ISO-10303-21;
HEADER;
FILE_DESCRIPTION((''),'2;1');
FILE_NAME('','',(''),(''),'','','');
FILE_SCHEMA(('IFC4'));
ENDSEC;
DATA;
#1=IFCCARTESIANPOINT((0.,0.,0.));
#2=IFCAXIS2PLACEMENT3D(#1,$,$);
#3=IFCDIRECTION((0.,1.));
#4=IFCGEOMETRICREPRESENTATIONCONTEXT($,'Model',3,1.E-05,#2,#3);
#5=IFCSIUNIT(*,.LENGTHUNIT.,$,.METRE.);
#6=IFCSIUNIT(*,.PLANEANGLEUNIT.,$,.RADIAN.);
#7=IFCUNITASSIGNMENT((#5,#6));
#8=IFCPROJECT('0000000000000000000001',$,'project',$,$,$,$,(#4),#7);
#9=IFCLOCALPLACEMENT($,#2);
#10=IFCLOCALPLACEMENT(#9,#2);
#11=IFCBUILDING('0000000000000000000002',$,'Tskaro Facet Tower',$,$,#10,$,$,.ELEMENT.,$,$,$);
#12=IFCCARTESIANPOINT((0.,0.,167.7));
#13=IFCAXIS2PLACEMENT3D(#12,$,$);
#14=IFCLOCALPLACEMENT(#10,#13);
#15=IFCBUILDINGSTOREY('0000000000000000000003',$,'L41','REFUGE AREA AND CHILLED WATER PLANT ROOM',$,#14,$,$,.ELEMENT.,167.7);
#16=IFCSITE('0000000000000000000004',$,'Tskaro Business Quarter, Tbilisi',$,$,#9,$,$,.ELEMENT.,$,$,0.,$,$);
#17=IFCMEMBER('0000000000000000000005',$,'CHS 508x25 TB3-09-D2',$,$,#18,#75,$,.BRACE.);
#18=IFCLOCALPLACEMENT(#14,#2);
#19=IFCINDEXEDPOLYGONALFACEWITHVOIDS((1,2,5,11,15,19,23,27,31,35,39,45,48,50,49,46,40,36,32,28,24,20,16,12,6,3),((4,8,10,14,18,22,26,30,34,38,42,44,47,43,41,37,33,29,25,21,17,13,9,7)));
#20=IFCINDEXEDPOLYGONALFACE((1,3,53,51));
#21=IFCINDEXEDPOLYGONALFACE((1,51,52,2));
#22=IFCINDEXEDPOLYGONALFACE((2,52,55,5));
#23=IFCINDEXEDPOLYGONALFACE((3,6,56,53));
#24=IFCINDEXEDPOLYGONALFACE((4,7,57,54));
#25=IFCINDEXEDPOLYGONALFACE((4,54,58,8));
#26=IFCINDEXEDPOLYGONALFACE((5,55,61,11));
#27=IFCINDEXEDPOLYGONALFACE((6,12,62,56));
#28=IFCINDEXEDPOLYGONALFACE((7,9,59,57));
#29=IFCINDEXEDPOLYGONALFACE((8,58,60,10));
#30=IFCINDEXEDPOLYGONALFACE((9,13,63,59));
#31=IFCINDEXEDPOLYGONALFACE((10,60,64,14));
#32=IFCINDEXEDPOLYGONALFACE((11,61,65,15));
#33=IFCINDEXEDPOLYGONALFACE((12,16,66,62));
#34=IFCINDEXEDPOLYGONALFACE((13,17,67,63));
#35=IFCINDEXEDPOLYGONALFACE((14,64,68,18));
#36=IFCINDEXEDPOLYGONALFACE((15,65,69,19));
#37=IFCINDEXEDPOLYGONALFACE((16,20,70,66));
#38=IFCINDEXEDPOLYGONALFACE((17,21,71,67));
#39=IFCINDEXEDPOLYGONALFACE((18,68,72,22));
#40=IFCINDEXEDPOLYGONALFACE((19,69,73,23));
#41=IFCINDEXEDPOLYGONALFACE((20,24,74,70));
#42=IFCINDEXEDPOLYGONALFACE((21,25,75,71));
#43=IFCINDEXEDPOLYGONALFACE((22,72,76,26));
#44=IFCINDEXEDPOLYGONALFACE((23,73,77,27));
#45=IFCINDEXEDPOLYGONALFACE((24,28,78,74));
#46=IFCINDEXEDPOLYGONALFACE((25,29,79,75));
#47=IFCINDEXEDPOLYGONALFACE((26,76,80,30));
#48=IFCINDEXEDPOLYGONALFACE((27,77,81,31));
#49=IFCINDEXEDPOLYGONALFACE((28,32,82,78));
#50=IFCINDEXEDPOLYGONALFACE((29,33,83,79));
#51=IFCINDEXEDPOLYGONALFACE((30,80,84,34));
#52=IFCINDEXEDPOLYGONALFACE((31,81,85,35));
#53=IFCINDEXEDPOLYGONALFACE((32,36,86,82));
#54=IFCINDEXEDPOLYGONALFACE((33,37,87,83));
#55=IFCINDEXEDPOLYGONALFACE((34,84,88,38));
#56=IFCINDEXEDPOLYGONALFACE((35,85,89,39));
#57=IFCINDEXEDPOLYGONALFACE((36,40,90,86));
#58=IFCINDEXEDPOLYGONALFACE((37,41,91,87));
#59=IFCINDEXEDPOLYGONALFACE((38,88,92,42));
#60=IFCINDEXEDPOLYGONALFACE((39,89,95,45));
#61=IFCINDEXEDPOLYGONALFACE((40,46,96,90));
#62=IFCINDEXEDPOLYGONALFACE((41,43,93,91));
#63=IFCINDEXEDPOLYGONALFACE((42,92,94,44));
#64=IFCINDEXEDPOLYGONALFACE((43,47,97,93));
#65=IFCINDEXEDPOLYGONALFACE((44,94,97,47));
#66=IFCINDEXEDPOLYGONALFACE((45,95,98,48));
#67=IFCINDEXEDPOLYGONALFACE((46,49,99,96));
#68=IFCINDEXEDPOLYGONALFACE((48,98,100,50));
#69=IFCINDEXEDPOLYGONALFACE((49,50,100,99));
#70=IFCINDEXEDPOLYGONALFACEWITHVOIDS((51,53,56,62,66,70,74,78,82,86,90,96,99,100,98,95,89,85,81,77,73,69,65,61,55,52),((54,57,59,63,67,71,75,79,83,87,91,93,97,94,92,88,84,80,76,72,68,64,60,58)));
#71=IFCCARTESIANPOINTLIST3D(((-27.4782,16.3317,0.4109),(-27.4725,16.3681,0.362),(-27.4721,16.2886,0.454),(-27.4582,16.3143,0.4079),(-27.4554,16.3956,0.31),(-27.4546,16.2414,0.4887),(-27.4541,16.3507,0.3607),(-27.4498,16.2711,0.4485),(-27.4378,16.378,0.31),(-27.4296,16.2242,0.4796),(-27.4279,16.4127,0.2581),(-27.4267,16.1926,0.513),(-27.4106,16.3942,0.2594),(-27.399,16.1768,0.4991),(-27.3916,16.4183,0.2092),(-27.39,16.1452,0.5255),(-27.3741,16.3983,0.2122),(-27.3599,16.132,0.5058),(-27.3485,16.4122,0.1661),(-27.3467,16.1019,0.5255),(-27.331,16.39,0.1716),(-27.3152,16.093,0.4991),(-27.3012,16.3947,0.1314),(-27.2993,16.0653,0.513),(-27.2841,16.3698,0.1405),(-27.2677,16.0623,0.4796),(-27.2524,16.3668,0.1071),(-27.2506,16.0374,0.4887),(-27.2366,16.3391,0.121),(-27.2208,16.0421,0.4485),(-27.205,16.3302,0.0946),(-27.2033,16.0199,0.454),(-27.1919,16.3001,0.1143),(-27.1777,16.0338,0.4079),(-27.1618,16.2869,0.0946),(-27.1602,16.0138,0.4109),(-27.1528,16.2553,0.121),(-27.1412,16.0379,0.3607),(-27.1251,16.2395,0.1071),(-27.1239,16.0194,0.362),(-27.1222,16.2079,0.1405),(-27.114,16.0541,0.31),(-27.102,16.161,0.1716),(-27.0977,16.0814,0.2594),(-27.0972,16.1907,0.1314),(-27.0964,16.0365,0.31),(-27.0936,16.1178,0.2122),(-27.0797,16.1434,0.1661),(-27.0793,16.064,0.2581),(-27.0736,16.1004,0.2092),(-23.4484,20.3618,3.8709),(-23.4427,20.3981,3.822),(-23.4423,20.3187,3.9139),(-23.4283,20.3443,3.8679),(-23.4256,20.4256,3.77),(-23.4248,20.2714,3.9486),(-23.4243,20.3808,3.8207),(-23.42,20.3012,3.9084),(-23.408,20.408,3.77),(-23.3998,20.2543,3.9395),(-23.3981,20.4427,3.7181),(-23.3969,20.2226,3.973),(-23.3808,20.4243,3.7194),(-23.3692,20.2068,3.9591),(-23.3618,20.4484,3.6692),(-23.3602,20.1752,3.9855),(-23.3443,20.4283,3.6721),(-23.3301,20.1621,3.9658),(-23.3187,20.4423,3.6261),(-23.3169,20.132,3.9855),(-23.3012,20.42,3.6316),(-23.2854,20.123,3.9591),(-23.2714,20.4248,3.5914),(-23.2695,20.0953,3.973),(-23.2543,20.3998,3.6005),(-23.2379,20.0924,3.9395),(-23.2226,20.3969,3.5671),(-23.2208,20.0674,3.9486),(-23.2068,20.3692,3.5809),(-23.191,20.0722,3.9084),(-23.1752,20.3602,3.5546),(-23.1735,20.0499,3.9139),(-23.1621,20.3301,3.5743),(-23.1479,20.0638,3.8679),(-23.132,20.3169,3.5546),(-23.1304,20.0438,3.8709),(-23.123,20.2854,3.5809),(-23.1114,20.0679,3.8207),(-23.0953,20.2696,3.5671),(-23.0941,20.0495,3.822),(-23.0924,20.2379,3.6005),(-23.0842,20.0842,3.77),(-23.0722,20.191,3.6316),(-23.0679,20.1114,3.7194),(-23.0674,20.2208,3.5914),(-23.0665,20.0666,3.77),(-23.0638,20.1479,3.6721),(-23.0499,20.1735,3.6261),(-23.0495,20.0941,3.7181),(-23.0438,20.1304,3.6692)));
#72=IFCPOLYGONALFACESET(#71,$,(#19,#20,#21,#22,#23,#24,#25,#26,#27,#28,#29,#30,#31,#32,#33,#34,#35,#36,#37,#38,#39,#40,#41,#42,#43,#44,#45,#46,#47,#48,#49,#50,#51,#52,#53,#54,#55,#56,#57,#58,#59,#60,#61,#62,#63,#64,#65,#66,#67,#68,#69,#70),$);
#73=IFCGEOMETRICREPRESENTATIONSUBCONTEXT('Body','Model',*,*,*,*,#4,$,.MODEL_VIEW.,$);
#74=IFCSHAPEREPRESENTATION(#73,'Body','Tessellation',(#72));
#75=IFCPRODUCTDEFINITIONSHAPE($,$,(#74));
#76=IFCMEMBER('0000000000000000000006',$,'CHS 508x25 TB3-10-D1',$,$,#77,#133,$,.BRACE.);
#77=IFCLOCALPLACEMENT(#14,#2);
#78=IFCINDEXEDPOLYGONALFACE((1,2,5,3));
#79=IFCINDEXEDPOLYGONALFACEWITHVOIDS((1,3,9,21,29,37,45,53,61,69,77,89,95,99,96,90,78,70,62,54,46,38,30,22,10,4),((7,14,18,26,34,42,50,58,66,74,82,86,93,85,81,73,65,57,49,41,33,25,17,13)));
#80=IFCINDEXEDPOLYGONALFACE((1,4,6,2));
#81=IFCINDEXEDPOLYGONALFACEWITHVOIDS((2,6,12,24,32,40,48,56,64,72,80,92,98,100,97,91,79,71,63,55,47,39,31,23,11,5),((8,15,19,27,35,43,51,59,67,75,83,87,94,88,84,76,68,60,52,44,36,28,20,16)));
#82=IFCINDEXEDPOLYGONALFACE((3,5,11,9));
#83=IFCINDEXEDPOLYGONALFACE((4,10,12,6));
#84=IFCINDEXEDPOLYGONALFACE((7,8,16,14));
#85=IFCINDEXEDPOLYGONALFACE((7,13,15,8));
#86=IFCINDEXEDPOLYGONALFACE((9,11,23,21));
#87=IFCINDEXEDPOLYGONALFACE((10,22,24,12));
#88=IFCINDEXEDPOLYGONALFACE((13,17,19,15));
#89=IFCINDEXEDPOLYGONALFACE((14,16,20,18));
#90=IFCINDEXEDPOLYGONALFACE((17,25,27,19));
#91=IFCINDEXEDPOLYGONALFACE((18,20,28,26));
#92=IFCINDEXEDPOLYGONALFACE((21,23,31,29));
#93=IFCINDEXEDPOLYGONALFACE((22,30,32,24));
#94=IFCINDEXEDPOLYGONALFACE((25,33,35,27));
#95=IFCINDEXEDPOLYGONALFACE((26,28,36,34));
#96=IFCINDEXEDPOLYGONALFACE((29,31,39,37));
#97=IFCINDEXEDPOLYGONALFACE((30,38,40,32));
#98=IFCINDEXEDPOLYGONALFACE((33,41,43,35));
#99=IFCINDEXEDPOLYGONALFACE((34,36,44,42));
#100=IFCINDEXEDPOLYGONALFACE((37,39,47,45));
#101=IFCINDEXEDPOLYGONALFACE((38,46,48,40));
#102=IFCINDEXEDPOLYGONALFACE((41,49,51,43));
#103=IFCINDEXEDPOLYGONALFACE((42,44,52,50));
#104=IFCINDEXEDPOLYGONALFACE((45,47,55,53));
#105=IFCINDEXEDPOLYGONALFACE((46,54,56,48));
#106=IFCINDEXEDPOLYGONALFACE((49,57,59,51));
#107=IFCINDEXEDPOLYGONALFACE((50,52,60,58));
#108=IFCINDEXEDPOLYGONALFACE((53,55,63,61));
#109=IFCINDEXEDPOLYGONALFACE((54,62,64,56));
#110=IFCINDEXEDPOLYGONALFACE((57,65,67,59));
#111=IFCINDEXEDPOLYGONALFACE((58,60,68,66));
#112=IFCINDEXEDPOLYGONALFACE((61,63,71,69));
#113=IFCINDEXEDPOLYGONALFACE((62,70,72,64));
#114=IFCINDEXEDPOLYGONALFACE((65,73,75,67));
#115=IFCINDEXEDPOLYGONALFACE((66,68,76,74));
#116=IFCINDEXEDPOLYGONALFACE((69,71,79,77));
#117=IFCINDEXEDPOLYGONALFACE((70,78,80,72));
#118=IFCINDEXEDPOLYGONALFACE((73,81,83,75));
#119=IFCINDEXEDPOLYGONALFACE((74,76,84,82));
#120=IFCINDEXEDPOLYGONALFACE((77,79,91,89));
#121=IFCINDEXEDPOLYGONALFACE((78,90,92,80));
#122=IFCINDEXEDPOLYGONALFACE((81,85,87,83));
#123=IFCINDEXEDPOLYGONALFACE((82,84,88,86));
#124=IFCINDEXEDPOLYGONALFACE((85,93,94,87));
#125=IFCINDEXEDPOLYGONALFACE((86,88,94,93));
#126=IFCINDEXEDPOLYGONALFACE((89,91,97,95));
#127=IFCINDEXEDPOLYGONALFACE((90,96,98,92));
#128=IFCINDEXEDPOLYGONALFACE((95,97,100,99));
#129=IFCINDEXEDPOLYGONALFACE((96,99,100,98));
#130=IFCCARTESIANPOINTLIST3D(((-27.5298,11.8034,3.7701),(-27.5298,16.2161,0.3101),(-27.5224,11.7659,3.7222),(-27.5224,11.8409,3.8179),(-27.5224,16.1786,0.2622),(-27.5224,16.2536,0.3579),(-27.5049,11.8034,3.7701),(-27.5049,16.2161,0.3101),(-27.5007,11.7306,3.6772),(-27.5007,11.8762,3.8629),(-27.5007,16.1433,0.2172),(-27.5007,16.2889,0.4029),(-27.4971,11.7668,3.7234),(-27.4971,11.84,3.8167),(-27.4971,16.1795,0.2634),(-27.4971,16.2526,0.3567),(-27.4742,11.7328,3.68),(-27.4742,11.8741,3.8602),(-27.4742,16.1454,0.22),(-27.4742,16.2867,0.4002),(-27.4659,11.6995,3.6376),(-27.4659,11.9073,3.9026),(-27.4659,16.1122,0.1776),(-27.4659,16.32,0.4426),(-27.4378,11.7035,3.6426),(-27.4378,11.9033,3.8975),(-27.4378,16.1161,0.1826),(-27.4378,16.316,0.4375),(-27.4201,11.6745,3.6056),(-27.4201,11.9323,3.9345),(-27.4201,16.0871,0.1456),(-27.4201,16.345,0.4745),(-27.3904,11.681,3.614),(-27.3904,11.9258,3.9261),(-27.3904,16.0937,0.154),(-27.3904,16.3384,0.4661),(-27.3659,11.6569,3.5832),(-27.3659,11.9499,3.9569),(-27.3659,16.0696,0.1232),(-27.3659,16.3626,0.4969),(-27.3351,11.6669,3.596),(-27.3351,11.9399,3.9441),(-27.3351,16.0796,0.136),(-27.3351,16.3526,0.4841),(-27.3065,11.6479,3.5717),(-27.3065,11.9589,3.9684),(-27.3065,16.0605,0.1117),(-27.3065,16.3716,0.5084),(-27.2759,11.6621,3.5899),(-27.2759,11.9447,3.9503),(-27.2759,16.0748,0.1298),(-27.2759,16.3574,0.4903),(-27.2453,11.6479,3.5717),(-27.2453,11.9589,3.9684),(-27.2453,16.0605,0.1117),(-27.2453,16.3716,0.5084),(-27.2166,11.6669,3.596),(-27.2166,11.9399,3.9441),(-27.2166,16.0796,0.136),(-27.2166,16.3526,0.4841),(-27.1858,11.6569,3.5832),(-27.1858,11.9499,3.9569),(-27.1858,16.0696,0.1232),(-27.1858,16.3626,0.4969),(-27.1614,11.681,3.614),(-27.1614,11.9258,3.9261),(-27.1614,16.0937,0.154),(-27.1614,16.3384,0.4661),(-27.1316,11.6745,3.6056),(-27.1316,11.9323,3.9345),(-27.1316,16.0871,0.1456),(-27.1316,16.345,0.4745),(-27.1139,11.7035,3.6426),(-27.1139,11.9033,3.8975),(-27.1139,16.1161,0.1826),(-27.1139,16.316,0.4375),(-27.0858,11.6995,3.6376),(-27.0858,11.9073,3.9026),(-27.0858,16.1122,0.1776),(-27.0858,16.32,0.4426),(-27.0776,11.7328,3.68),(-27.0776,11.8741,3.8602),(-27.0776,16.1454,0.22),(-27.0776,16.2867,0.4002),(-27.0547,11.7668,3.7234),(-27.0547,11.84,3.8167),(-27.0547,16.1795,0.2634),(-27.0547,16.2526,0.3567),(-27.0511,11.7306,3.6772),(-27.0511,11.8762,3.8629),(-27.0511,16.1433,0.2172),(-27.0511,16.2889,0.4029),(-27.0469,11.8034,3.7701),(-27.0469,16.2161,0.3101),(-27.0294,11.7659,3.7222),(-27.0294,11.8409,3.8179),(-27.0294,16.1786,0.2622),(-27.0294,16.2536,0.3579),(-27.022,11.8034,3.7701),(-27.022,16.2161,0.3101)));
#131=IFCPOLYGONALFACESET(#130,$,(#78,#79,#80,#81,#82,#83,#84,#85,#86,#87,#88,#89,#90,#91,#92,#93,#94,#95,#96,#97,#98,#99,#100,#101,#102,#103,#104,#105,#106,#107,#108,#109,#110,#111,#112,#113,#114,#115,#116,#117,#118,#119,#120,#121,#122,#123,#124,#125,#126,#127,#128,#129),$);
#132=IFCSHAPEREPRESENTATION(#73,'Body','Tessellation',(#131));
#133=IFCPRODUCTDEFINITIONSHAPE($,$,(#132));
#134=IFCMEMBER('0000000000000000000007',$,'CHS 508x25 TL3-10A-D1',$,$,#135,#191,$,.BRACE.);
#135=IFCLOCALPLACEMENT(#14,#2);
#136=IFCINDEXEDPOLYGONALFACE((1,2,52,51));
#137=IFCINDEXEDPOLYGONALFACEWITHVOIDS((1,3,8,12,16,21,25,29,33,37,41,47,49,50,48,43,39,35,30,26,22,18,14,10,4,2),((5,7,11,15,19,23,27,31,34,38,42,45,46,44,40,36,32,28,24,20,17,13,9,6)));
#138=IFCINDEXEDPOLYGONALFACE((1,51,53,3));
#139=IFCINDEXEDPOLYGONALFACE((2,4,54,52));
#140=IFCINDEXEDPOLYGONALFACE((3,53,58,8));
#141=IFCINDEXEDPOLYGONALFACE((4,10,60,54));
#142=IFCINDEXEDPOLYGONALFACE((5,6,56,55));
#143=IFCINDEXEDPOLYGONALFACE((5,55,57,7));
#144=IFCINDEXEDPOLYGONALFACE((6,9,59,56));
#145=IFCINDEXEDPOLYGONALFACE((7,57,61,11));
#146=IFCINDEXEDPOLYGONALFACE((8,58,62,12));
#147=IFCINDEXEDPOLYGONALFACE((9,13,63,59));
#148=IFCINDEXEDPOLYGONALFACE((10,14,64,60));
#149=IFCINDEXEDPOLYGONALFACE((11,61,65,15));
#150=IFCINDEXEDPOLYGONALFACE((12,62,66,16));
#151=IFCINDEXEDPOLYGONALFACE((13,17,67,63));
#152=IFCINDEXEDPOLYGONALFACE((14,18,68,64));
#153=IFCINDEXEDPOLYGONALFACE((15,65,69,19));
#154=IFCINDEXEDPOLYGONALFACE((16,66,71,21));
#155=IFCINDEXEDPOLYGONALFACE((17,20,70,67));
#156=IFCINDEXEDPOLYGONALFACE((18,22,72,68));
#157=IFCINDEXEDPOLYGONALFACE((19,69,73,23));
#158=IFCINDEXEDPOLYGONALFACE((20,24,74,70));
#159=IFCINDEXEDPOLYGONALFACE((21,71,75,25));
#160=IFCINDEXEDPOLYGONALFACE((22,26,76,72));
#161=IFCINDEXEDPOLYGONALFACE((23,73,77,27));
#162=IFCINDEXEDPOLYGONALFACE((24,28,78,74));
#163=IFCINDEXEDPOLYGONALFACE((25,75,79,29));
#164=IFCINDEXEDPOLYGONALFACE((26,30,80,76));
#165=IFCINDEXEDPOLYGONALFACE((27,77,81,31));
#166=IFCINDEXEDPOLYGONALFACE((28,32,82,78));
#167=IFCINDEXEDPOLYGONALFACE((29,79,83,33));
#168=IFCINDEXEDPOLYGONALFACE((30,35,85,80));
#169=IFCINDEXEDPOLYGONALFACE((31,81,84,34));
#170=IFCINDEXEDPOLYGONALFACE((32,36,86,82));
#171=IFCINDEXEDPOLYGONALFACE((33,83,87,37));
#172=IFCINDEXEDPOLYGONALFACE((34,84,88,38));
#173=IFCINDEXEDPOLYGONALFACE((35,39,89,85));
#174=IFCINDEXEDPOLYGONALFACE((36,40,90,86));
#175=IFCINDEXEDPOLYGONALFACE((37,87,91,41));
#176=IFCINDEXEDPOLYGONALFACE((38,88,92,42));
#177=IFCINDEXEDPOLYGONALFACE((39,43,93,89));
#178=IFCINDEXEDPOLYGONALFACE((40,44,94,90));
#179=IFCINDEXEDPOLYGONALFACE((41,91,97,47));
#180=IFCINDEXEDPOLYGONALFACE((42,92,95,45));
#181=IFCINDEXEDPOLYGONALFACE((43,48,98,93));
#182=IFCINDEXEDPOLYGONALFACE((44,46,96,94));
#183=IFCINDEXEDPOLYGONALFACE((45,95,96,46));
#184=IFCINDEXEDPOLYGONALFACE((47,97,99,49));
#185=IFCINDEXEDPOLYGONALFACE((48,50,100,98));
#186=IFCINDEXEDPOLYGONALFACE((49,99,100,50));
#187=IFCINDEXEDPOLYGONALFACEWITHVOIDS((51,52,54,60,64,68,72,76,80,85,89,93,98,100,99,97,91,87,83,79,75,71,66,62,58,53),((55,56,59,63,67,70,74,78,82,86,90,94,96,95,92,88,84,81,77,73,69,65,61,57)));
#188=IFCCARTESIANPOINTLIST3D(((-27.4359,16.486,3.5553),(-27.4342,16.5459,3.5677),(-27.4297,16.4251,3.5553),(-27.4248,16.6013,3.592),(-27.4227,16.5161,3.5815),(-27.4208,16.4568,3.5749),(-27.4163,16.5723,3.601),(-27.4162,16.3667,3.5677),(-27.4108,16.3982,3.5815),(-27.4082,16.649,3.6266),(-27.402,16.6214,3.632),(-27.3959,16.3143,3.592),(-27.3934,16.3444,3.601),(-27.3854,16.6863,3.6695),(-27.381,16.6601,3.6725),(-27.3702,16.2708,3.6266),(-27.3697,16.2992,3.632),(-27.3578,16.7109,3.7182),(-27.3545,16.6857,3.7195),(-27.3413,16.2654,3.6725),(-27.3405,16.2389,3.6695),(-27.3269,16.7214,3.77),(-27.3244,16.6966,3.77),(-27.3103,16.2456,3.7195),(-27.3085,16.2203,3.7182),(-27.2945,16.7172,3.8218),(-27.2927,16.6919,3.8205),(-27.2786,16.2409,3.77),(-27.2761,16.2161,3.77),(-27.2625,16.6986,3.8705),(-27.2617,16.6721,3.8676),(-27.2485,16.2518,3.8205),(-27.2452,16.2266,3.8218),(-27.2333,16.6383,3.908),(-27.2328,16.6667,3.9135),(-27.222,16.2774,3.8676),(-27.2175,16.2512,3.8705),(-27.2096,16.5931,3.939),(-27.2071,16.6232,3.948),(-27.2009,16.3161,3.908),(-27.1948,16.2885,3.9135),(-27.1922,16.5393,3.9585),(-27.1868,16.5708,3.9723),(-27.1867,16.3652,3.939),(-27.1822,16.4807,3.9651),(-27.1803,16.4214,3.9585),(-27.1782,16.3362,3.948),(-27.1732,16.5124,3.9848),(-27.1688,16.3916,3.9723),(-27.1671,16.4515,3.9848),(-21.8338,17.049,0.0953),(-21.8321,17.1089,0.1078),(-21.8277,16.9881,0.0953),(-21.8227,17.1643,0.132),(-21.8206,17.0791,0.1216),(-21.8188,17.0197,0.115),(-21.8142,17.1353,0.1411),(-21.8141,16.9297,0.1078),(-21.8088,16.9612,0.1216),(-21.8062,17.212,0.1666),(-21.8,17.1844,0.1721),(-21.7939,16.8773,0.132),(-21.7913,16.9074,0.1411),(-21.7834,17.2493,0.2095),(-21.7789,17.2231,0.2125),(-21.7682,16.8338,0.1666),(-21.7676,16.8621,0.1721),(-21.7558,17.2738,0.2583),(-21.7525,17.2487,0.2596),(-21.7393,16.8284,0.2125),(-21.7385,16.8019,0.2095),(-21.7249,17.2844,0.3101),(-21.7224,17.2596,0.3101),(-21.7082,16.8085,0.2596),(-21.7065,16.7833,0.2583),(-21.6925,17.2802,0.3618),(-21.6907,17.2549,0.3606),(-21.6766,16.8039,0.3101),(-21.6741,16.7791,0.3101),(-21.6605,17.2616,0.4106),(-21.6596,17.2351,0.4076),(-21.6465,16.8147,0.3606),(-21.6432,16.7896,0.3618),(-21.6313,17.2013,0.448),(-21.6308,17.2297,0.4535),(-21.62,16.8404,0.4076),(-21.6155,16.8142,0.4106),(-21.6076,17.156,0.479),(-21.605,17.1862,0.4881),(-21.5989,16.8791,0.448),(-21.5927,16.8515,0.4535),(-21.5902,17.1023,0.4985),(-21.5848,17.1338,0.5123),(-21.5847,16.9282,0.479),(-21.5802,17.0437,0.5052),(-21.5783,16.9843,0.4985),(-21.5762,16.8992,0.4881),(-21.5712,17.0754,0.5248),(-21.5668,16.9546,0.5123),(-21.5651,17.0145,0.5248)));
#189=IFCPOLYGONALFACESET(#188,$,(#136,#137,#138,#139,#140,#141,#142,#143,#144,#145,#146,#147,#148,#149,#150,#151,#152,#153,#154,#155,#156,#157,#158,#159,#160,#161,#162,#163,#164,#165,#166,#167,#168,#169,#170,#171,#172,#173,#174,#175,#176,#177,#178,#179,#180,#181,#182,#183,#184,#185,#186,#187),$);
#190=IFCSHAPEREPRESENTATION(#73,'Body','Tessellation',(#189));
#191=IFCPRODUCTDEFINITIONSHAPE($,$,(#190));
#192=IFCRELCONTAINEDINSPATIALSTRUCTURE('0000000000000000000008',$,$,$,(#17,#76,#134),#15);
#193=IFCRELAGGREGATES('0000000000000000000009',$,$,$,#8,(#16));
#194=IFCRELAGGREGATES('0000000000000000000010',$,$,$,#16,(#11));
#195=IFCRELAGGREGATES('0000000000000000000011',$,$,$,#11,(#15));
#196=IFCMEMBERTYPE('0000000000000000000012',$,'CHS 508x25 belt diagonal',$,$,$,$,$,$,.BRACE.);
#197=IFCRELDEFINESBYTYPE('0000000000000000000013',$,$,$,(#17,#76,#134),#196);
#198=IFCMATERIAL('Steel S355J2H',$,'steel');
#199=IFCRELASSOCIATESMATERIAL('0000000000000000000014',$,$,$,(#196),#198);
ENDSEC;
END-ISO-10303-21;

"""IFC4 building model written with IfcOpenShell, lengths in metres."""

from ifc_helpers import new_model, si_unit, direction, frame, origin, origin_2d, place, context, subcontext, project, spatial, hollow_circle, extrude, material, material_profile, profile_set, type_object, element, save


model = new_model("IFC4")

# Units and contexts
model_context = context("Model", 3, precision=1e-05, world=origin(), true_north=direction((0.0, 1.0)))
body_context = subcontext(model_context, "Body", "Model", "MODEL_VIEW")
ifc_project = project(units=[si_unit("LENGTHUNIT", "METRE"), si_unit("PLANEANGLEUNIT", "RADIAN")], contexts=[model_context])

# Site, building, storey
site_placement = place(None, origin())
site = spatial("IfcSite", under=ifc_project, at=site_placement, Name="Tskaro Business Quarter, Tbilisi", CompositionType="ELEMENT", RefElevation=0.0)
building_placement = place(site_placement, origin())
building = spatial("IfcBuilding", under=site, at=building_placement, Name="Tskaro Facet Tower", CompositionType="ELEMENT")
storey_placement = place(building_placement, frame((0.0, 0.0, 167.7)))
storey = spatial("IfcBuildingStorey", under=building, at=storey_placement, Name="L41", Description="REFUGE AREA AND CHILLED WATER PLANT ROOM", CompositionType="ELEMENT", Elevation=167.7)

# Shared definitions
ifc_material_1 = material(Name="Steel S355J2H", Category="steel")

# Members
ifc_material_profile_1 = material_profile(ifc_material_1, hollow_circle(Radius=0.2539, WallThickness=0.0249, at=origin_2d()), Name="CHS 508x25")
ifc_profile_set_1 = profile_set([ifc_material_profile_1], Name="Steel S355J2H")
member_type_1 = type_object("IfcMemberType", Name="CHS 508x25 belt diagonal", PredefinedType="BRACE", material=ifc_profile_set_1)
for number, where, z_axis, x_axis, name in (
    (1, (-23.2461, 20.2461, 3.77), (-0.604419, -0.604456, -0.518952), (0.707128, -0.707085, 0.0), "CHS 508x25 TB3-09-D2"),
):
    element("IfcMember", number, at=place(storey_placement, frame(where, z_axis=z_axis, x_axis=x_axis)), inside=storey, type_object=member_type_1, Name=name, PredefinedType="BRACE", context=body_context, shape_type="SweptSolid", body=[
        extrude(hollow_circle(Radius=0.2539, WallThickness=0.0249, at=origin_2d()), origin(), (0.0, 0.0, 1.0), 6.6672),
    ])
member_1_placement = place(storey_placement, frame((-27.2759, 16.2161, 0.3101), z_axis=(0.0, -0.786931, 0.617041), x_axis=(1.0, 0.0, 0.0)))
element("IfcMember", 2, at=member_1_placement, inside=storey, type_object=member_type_1, Name="CHS 508x25 TB3-10-D1", PredefinedType="BRACE", context=body_context, shape_type="SweptSolid", body=[
    extrude(hollow_circle(Radius=0.2539, WallThickness=0.0249, at=origin_2d()), origin(), (0.0, 0.0, 1.0), 5.6074),
])
member_2_placement = place(storey_placement, frame((-21.6995, 17.0317, 0.3101), z_axis=(-0.847714, -0.085193, 0.523568), x_axis=(0.099993, -0.994988, 0.0)))
element("IfcMember", 3, at=member_2_placement, inside=storey, type_object=member_type_1, Name="CHS 508x25 TL3-10A-D1", PredefinedType="BRACE", context=body_context, shape_type="SweptSolid", body=[
    extrude(hollow_circle(Radius=0.2539, WallThickness=0.0249, at=origin_2d()), origin(), (0.0, 0.0, 1.0), 6.6084),
])

save(model, "model.ifc")
